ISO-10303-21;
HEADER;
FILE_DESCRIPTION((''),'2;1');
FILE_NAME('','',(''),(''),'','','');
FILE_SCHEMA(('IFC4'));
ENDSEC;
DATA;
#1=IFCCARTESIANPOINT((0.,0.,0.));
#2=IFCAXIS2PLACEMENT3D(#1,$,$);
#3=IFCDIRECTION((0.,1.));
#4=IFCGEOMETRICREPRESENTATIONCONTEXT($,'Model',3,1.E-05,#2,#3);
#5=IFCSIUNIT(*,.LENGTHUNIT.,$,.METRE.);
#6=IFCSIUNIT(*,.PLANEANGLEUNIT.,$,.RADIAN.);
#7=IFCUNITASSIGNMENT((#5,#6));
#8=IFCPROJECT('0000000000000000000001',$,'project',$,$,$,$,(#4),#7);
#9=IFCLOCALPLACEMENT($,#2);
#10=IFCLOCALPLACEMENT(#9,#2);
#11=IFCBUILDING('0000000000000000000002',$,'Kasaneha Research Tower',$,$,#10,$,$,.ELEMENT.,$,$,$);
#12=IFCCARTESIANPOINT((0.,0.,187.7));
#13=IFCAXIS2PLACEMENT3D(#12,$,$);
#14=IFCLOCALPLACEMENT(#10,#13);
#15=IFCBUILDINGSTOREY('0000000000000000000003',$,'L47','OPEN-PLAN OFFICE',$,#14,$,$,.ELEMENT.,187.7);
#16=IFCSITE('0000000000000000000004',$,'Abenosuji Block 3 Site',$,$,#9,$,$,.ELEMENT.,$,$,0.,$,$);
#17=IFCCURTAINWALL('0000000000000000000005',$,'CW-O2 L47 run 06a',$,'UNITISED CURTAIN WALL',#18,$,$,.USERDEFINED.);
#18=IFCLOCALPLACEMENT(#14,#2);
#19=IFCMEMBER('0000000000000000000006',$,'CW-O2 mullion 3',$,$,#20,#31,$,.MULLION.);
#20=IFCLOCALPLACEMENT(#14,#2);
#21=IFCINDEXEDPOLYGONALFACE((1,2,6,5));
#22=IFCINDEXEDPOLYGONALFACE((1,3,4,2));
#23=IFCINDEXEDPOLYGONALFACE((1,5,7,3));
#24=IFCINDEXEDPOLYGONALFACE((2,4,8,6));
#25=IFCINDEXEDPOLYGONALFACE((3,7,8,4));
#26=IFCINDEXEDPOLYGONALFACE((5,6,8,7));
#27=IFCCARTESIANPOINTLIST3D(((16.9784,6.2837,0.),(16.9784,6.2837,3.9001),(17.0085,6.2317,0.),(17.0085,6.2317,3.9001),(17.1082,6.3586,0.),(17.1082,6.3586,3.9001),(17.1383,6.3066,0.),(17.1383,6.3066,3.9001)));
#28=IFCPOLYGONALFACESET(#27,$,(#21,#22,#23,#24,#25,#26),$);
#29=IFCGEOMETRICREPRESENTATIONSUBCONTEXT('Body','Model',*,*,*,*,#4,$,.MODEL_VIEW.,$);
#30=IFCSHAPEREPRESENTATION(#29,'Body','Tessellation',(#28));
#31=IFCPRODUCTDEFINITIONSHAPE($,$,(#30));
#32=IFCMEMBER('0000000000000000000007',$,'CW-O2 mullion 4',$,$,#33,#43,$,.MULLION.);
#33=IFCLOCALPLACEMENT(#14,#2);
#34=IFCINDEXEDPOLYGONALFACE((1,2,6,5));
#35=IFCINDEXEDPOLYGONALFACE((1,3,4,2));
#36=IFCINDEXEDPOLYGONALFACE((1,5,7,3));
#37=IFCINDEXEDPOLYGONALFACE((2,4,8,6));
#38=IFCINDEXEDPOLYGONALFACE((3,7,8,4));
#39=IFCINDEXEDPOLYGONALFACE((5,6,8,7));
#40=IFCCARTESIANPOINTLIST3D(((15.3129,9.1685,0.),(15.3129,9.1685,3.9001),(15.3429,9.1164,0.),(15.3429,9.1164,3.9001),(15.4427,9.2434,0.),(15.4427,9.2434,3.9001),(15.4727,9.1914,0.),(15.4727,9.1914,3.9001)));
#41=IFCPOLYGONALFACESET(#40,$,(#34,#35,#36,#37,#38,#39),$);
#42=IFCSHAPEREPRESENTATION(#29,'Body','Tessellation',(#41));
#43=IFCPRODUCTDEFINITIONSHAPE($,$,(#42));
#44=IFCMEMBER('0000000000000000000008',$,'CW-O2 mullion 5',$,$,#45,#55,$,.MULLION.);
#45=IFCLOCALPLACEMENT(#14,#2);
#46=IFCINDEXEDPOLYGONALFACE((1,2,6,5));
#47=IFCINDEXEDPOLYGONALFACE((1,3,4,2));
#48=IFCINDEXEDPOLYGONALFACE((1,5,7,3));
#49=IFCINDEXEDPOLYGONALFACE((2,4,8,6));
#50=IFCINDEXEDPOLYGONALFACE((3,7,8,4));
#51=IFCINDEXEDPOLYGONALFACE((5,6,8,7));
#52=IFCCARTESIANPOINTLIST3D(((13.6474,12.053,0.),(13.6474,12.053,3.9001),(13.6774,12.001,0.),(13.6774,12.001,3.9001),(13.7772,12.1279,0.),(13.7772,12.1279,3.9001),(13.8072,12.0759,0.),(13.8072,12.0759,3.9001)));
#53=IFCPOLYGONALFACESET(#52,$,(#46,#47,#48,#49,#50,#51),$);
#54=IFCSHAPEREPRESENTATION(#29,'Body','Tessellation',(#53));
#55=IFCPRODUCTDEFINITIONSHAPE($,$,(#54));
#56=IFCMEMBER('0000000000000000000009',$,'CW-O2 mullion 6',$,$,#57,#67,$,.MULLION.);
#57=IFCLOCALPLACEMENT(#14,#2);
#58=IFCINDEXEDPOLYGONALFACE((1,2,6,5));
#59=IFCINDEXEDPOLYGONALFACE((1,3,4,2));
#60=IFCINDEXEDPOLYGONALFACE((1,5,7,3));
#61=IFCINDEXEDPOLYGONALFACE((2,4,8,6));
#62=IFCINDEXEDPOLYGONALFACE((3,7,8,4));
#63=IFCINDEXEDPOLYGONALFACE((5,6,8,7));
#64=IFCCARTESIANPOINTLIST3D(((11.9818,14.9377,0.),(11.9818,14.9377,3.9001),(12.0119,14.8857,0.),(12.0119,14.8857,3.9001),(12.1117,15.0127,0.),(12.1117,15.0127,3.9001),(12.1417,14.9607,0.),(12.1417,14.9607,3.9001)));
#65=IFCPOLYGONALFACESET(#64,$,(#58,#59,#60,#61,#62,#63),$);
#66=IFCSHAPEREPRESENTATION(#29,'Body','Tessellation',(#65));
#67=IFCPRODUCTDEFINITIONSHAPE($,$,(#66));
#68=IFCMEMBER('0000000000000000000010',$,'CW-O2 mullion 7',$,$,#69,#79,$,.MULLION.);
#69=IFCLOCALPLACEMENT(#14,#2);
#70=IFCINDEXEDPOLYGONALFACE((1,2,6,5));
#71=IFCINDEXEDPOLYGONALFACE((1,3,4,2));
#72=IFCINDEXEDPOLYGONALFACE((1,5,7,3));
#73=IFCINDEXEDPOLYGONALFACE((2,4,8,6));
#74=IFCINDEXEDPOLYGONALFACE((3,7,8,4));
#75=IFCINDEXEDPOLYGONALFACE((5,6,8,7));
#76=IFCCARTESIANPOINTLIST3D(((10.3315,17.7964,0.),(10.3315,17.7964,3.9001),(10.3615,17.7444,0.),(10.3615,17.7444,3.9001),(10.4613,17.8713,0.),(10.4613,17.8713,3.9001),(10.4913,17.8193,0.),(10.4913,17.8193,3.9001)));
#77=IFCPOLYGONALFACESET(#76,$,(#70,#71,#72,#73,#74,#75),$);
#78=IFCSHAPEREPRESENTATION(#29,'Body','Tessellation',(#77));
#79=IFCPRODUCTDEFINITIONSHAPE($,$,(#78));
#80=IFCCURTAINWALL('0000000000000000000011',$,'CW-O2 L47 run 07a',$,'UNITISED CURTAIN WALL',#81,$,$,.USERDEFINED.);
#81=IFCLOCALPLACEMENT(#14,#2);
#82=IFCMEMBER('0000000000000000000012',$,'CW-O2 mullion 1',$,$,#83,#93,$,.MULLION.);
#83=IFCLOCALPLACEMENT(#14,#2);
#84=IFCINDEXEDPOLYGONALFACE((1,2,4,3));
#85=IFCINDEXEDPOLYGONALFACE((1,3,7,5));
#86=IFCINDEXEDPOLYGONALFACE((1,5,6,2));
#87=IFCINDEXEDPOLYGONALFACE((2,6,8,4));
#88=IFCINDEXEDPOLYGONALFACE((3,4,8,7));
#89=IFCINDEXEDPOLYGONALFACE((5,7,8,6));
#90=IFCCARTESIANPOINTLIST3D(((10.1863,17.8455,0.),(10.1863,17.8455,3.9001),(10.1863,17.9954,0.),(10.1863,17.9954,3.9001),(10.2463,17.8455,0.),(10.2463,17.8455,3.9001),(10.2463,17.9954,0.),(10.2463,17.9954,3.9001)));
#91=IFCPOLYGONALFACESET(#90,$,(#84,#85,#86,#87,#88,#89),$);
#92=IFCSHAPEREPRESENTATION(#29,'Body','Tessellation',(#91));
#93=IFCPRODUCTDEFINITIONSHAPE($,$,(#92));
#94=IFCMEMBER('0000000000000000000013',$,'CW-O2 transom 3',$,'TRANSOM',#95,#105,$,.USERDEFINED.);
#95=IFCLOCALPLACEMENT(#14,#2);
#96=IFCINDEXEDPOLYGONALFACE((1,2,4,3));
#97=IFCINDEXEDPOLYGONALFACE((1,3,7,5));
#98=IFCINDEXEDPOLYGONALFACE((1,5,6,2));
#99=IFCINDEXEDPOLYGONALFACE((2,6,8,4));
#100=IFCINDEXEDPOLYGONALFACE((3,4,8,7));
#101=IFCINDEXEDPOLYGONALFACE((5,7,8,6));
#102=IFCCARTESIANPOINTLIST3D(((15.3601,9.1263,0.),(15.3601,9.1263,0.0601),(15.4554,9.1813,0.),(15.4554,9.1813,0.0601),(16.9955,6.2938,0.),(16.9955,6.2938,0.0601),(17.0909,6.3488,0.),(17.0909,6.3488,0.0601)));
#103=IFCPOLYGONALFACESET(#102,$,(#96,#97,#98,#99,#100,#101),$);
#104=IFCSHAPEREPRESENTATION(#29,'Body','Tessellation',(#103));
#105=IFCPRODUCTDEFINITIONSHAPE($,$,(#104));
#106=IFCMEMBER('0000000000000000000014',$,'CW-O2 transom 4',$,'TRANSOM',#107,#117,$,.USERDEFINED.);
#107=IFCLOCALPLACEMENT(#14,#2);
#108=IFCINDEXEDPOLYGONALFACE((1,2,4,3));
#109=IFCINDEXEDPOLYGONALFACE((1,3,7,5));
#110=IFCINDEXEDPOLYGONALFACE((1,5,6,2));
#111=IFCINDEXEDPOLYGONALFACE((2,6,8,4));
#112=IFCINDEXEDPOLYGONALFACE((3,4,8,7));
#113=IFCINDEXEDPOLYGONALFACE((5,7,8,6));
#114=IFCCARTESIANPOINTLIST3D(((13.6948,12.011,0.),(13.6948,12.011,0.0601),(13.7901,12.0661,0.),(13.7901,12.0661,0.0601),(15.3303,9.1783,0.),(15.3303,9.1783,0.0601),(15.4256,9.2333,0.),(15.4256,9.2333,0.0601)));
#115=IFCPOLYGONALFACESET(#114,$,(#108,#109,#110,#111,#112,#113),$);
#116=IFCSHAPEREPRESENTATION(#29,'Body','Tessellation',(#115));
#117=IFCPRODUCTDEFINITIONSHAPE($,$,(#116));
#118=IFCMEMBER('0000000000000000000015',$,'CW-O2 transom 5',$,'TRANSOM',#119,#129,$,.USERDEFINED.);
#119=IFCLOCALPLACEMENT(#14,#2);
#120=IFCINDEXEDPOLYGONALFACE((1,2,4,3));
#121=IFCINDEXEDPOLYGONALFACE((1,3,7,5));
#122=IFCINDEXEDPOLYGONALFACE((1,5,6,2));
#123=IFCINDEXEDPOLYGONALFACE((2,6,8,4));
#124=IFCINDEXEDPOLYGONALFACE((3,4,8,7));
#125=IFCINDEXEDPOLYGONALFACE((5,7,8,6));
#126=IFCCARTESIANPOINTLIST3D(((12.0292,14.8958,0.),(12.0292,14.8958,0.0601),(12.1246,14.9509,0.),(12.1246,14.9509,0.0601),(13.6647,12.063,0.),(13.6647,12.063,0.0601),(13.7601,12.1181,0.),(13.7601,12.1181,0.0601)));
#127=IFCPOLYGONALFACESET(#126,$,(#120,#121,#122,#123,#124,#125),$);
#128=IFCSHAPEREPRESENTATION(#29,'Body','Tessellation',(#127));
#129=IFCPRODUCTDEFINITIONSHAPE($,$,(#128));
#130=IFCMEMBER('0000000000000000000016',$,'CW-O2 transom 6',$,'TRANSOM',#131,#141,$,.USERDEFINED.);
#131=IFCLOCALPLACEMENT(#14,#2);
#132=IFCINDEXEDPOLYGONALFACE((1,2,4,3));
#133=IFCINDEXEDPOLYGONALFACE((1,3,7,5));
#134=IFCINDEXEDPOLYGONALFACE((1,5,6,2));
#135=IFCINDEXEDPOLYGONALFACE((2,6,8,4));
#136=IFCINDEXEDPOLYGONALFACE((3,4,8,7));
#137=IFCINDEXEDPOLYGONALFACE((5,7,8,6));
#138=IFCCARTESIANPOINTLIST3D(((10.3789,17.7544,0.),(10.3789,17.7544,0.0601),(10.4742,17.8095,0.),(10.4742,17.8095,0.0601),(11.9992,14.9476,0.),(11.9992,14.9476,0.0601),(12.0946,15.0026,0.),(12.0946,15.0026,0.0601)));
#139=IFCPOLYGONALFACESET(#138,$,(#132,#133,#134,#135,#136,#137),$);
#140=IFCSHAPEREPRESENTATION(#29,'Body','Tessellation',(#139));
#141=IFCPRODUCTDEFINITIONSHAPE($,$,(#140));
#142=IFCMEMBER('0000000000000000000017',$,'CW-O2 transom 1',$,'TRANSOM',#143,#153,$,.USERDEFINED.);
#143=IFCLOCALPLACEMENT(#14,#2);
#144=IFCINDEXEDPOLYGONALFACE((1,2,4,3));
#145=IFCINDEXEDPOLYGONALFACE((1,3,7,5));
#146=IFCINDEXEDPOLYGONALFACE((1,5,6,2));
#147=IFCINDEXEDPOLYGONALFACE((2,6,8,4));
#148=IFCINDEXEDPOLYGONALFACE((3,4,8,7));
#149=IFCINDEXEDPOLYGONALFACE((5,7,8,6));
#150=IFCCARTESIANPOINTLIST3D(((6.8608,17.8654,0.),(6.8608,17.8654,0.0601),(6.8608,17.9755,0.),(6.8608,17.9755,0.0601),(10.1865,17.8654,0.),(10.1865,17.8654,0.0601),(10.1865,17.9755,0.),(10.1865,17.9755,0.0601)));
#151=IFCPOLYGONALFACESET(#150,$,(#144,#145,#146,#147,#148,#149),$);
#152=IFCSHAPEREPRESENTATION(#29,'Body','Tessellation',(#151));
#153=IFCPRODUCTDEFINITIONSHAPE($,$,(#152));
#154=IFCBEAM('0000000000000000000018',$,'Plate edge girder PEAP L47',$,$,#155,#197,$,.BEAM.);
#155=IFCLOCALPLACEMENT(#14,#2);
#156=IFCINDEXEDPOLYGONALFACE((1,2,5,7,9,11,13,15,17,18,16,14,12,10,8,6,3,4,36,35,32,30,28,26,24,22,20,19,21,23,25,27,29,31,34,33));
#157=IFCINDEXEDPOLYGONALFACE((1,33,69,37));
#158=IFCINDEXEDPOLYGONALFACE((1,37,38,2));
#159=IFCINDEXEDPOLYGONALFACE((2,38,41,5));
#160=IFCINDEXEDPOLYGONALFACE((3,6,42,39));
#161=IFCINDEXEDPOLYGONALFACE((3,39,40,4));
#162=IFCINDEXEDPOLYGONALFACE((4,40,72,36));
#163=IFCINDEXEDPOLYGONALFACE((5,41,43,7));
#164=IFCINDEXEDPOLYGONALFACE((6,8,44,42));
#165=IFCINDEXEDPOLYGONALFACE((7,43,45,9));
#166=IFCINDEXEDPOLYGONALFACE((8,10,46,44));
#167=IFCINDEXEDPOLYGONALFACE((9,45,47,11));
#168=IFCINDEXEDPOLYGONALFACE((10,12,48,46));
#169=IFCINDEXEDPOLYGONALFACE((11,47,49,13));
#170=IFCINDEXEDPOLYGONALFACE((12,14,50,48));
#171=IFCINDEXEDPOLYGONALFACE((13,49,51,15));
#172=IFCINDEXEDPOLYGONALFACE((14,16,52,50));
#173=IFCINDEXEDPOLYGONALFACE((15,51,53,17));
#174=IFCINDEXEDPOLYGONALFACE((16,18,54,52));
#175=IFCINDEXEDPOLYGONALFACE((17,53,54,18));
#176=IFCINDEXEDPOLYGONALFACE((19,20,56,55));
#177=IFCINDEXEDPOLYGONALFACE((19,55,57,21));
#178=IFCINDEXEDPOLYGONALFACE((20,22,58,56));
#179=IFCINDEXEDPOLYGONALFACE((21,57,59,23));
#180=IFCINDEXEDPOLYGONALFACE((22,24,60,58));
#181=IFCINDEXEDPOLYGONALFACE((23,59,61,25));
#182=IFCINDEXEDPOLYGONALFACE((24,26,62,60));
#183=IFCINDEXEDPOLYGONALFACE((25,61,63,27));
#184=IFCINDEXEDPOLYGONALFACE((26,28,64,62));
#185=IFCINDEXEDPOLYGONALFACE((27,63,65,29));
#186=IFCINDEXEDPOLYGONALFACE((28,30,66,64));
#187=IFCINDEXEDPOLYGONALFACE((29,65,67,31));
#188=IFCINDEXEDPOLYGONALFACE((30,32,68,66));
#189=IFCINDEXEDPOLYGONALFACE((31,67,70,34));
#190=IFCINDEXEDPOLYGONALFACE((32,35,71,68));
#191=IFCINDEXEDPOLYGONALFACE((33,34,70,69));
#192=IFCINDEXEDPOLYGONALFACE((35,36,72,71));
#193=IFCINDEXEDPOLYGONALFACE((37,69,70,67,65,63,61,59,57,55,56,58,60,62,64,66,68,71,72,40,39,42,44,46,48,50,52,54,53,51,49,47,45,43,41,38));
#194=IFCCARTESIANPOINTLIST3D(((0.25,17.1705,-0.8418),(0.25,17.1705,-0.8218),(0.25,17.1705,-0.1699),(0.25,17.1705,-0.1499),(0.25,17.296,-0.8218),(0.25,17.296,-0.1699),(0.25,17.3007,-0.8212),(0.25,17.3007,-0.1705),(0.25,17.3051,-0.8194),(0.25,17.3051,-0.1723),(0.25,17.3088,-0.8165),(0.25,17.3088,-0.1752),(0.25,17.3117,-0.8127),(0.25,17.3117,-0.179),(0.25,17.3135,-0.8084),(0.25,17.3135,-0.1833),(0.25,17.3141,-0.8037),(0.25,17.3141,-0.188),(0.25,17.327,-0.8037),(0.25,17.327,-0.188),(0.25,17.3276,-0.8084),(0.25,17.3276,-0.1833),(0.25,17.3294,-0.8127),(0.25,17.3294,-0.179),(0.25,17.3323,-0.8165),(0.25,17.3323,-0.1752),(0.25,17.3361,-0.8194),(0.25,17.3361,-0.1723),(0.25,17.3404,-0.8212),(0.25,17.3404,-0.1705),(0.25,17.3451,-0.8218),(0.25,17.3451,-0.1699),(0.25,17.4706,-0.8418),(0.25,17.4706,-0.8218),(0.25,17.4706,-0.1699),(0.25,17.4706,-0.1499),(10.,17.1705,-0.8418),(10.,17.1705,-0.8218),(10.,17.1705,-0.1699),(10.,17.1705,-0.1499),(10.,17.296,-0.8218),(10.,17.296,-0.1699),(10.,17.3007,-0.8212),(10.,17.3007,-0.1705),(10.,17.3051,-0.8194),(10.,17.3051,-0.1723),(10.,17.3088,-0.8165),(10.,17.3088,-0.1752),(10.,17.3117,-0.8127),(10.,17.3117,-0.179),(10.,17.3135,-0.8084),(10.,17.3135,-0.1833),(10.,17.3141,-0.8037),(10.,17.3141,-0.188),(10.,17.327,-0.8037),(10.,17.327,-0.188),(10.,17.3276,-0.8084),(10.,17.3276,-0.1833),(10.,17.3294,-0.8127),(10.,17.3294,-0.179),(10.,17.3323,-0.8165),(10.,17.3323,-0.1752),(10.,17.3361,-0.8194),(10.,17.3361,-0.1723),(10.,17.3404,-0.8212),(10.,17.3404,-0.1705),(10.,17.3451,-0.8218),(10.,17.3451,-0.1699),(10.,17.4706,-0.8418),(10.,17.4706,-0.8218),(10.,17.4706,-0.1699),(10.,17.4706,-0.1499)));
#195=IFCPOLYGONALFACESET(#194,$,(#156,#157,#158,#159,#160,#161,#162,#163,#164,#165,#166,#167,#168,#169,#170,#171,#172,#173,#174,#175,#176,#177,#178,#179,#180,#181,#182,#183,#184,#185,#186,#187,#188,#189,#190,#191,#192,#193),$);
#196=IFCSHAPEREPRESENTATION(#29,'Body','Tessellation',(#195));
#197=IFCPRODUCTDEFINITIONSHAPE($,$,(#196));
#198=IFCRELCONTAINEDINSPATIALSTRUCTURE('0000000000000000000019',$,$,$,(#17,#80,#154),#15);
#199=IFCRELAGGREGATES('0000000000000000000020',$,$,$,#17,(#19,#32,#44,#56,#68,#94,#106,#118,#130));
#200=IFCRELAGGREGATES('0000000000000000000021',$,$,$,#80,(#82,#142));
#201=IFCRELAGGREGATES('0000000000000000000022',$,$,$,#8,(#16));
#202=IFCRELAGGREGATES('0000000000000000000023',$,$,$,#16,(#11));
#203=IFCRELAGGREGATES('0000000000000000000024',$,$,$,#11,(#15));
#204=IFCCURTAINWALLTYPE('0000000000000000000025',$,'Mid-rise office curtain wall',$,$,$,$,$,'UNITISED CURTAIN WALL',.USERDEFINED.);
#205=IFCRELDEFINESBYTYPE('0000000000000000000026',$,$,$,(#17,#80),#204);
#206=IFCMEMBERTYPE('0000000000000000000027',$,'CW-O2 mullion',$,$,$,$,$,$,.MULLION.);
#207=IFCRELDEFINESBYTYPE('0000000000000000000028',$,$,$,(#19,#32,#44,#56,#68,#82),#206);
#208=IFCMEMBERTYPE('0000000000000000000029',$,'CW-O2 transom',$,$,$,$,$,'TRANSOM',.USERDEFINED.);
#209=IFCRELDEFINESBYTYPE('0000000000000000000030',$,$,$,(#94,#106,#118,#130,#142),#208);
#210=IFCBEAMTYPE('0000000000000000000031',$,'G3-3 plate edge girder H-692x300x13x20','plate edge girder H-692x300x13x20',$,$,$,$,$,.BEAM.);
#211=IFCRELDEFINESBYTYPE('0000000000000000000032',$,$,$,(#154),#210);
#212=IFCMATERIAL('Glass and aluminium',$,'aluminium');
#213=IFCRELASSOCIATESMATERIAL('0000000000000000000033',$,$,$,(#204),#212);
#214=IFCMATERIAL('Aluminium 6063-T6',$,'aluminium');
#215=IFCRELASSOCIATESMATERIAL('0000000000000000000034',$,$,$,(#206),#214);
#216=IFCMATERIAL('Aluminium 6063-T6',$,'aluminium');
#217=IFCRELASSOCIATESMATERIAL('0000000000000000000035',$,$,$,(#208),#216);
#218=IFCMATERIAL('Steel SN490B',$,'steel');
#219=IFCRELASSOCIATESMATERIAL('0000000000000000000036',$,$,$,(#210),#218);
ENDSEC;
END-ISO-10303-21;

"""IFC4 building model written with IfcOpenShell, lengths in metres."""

from ifc_helpers import new_model, si_unit, direction, frame, origin, origin_2d, place, context, subcontext, project, spatial, rectangle, i_section, extrude, material, material_profile, profile_set, type_object, element, aggregate, save


model = new_model("IFC4")

# Units and contexts
model_context = context("Model", 3, precision=1e-05, world=origin(), true_north=direction((0.0, 1.0)))
body_context = subcontext(model_context, "Body", "Model", "MODEL_VIEW")
ifc_project = project(units=[si_unit("LENGTHUNIT", "METRE"), si_unit("PLANEANGLEUNIT", "RADIAN")], contexts=[model_context])

# Site, building, storey
site_placement = place(None, origin())
site = spatial("IfcSite", under=ifc_project, at=site_placement, Name="Abenosuji Block 3 Site", CompositionType="ELEMENT", RefElevation=0.0)
building_placement = place(site_placement, origin())
building = spatial("IfcBuilding", under=site, at=building_placement, Name="Kasaneha Research Tower", CompositionType="ELEMENT")
storey_placement = place(building_placement, frame((0.0, 0.0, 187.7)))
storey = spatial("IfcBuildingStorey", under=building, at=storey_placement, Name="L47", Description="OPEN-PLAN OFFICE", CompositionType="ELEMENT", Elevation=187.7)

# Curtain wall, members
ifc_material_1 = material(Name="Glass and aluminium", Category="aluminium")
curtain_wall_type = type_object("IfcCurtainWallType", Name="Mid-rise office curtain wall", ElementType="UNITISED CURTAIN WALL", PredefinedType="USERDEFINED", material=ifc_material_1)
curtain_wall_1_placement = place(storey_placement, origin())
curtain_wall_1 = element("IfcCurtainWall", 1, at=curtain_wall_1_placement, inside=storey, type_object=curtain_wall_type, Name="CW-O2 L47 run 06a", ObjectType="UNITISED CURTAIN WALL", PredefinedType="USERDEFINED")
ifc_material_2 = material(Name="Aluminium 6063-T6", Category="aluminium")
ifc_material_profile_1 = material_profile(ifc_material_2, rectangle(XDim=0.0601, YDim=0.1499, at=origin_2d()), Name="CW-O2 mullion 60x150")
ifc_profile_set_1 = profile_set([ifc_material_profile_1], Name="Aluminium 6063-T6")
member_type_1 = type_object("IfcMemberType", Name="CW-O2 mullion", PredefinedType="MULLION", material=ifc_profile_set_1)
member_1_placement = place(storey_placement, frame((17.0583, 6.2952, 0.0), z_axis=(0.0, 0.0, 1.0), x_axis=(-0.5, 0.866025, 0.0)))
member_1 = element("IfcMember", 2, at=member_1_placement, type_object=member_type_1, Name="CW-O2 mullion 3", PredefinedType="MULLION", context=body_context, shape_type="SweptSolid", body=[
    extrude(rectangle(XDim=0.0601, YDim=0.1499, at=origin_2d()), origin(), (0.0, 0.0, 1.0), 3.9001),
])
member_2_placement = place(storey_placement, frame((15.3928, 9.1799, 0.0), z_axis=(0.0, 0.0, 1.0), x_axis=(-0.5, 0.866025, 0.0)))
member_2 = element("IfcMember", 3, at=member_2_placement, type_object=member_type_1, Name="CW-O2 mullion 4", PredefinedType="MULLION", context=body_context, shape_type="SweptSolid", body=[
    extrude(rectangle(XDim=0.0601, YDim=0.1499, at=origin_2d()), origin(), (0.0, 0.0, 1.0), 3.9001),
])
member_3_placement = place(storey_placement, frame((13.7273, 12.0645, 0.0), z_axis=(0.0, 0.0, 1.0), x_axis=(-0.5, 0.866025, 0.0)))
member_3 = element("IfcMember", 4, at=member_3_placement, type_object=member_type_1, Name="CW-O2 mullion 5", PredefinedType="MULLION", context=body_context, shape_type="SweptSolid", body=[
    extrude(rectangle(XDim=0.0601, YDim=0.1499, at=origin_2d()), origin(), (0.0, 0.0, 1.0), 3.9001),
])
member_4_placement = place(storey_placement, frame((12.0618, 14.9492, 0.0), z_axis=(0.0, 0.0, 1.0), x_axis=(-0.5, 0.866025, 0.0)))
member_4 = element("IfcMember", 5, at=member_4_placement, type_object=member_type_1, Name="CW-O2 mullion 6", PredefinedType="MULLION", context=body_context, shape_type="SweptSolid", body=[
    extrude(rectangle(XDim=0.0601, YDim=0.1499, at=origin_2d()), origin(), (0.0, 0.0, 1.0), 3.9001),
])
member_5_placement = place(storey_placement, frame((10.4114, 17.8079, 0.0), z_axis=(0.0, 0.0, 1.0), x_axis=(-0.5, 0.866025, 0.0)))
member_5 = element("IfcMember", 6, at=member_5_placement, type_object=member_type_1, Name="CW-O2 mullion 7", PredefinedType="MULLION", context=body_context, shape_type="SweptSolid", body=[
    extrude(rectangle(XDim=0.0601, YDim=0.1499, at=origin_2d()), origin(), (0.0, 0.0, 1.0), 3.9001),
])

# Curtain wall, member
curtain_wall_2_placement = place(storey_placement, origin())
curtain_wall_2 = element("IfcCurtainWall", 7, at=curtain_wall_2_placement, inside=storey, type_object=curtain_wall_type, Name="CW-O2 L47 run 07a", ObjectType="UNITISED CURTAIN WALL", PredefinedType="USERDEFINED")
member_6_placement = place(storey_placement, frame((10.2163, 17.9204, 0.0), z_axis=(0.0, 0.0, 1.0), x_axis=(-1.0, 0.0, 0.0)))
member_6 = element("IfcMember", 8, at=member_6_placement, type_object=member_type_1, Name="CW-O2 mullion 1", PredefinedType="MULLION", context=body_context, shape_type="SweptSolid", body=[
    extrude(rectangle(XDim=0.0601, YDim=0.1499, at=origin_2d()), origin(), (0.0, 0.0, 1.0), 3.9001),
])

# Members
ifc_material_3 = material(Name="Aluminium 6063-T6", Category="aluminium")
ifc_material_profile_2 = material_profile(ifc_material_3, rectangle(XDim=0.1101, YDim=0.0601, at=origin_2d()), Name="CW-O2 transom 110x60")
ifc_profile_set_2 = profile_set([ifc_material_profile_2], Name="Aluminium 6063-T6")
member_type_2 = type_object("IfcMemberType", Name="CW-O2 transom", ElementType="TRANSOM", PredefinedType="USERDEFINED", material=ifc_profile_set_2)
member_7_placement = place(storey_placement, frame((17.0432, 6.3213, 0.03), z_axis=(-0.500033, 0.866007, 0.0), x_axis=(-0.866007, -0.500033, 0.0)))
member_7 = element("IfcMember", 9, at=member_7_placement, type_object=member_type_2, Name="CW-O2 transom 3", ObjectType="TRANSOM", PredefinedType="USERDEFINED", context=body_context, shape_type="SweptSolid", body=[
    extrude(rectangle(XDim=0.1101, YDim=0.0601, at=origin_2d()), origin(), (0.0, 0.0, 1.0), 3.2708),
])
member_8_placement = place(storey_placement, frame((15.3779, 9.2058, 0.03), z_axis=(-0.5, 0.866025, 0.0), x_axis=(-0.866025, -0.5, 0.0)))
member_8 = element("IfcMember", 10, at=member_8_placement, type_object=member_type_2, Name="CW-O2 transom 4", ObjectType="TRANSOM", PredefinedType="USERDEFINED", context=body_context, shape_type="SweptSolid", body=[
    extrude(rectangle(XDim=0.1101, YDim=0.0601, at=origin_2d()), origin(), (0.0, 0.0, 1.0), 3.271),
])
member_9_placement = place(storey_placement, frame((13.7124, 12.0906, 0.03), z_axis=(-0.5, 0.866025, 0.0), x_axis=(-0.866025, -0.5, 0.0)))
member_9 = element("IfcMember", 11, at=member_9_placement, type_object=member_type_2, Name="CW-O2 transom 5", ObjectType="TRANSOM", PredefinedType="USERDEFINED", context=body_context, shape_type="SweptSolid", body=[
    extrude(rectangle(XDim=0.1101, YDim=0.0601, at=origin_2d()), origin(), (0.0, 0.0, 1.0), 3.271),
])
member_10_placement = place(storey_placement, frame((12.0469, 14.9751, 0.03), z_axis=(-0.499955, 0.866051, 0.0), x_axis=(-0.866051, -0.499955, 0.0)))
member_10 = element("IfcMember", 12, at=member_10_placement, type_object=member_type_2, Name="CW-O2 transom 6", ObjectType="TRANSOM", PredefinedType="USERDEFINED", context=body_context, shape_type="SweptSolid", body=[
    extrude(rectangle(XDim=0.1101, YDim=0.0601, at=origin_2d()), origin(), (0.0, 0.0, 1.0), 3.241),
])
member_11_placement = place(storey_placement, frame((10.1865, 17.9204, 0.03), z_axis=(-1.0, 0.0, 0.0), x_axis=(0.0, -1.0, 0.0)))
member_11 = element("IfcMember", 13, at=member_11_placement, type_object=member_type_2, Name="CW-O2 transom 1", ObjectType="TRANSOM", PredefinedType="USERDEFINED", context=body_context, shape_type="SweptSolid", body=[
    extrude(rectangle(XDim=0.1101, YDim=0.0601, at=origin_2d()), origin(), (0.0, 0.0, 1.0), 3.3257),
])

# Beam
ifc_material_4 = material(Name="Steel SN490B", Category="steel")
ifc_material_profile_3 = material_profile(ifc_material_4, i_section(OverallWidth=0.3, OverallDepth=0.6919, WebThickness=0.0129, FlangeThickness=0.02, FilletRadius=0.0181, at=origin_2d()), Name="H-692x300x13x20")
ifc_profile_set_3 = profile_set([ifc_material_profile_3], Name="Steel SN490B")
beam_type_1 = type_object("IfcBeamType", Name="G3-3 plate edge girder H-692x300x13x20", Description="plate edge girder H-692x300x13x20", PredefinedType="BEAM", material=ifc_profile_set_3)
beam_1_placement = place(storey_placement, frame((10.0, 17.3206, -0.4958), z_axis=(-1.0, 0.0, 0.0), x_axis=(0.0, -1.0, 0.0)))
element("IfcBeam", 14, at=beam_1_placement, inside=storey, type_object=beam_type_1, Name="Plate edge girder PEAP L47", PredefinedType="BEAM", context=body_context, shape_type="SweptSolid", body=[
    extrude(i_section(OverallWidth=0.3, OverallDepth=0.6919, WebThickness=0.0129, FlangeThickness=0.02, FilletRadius=0.0181, at=origin_2d()), origin(), (0.0, 0.0, 1.0), 9.75),
])

aggregate(curtain_wall_1, [member_1, member_2, member_3, member_4, member_5, member_7, member_8, member_9, member_10])
aggregate(curtain_wall_2, [member_6, member_11])

save(model, "model.ifc")
